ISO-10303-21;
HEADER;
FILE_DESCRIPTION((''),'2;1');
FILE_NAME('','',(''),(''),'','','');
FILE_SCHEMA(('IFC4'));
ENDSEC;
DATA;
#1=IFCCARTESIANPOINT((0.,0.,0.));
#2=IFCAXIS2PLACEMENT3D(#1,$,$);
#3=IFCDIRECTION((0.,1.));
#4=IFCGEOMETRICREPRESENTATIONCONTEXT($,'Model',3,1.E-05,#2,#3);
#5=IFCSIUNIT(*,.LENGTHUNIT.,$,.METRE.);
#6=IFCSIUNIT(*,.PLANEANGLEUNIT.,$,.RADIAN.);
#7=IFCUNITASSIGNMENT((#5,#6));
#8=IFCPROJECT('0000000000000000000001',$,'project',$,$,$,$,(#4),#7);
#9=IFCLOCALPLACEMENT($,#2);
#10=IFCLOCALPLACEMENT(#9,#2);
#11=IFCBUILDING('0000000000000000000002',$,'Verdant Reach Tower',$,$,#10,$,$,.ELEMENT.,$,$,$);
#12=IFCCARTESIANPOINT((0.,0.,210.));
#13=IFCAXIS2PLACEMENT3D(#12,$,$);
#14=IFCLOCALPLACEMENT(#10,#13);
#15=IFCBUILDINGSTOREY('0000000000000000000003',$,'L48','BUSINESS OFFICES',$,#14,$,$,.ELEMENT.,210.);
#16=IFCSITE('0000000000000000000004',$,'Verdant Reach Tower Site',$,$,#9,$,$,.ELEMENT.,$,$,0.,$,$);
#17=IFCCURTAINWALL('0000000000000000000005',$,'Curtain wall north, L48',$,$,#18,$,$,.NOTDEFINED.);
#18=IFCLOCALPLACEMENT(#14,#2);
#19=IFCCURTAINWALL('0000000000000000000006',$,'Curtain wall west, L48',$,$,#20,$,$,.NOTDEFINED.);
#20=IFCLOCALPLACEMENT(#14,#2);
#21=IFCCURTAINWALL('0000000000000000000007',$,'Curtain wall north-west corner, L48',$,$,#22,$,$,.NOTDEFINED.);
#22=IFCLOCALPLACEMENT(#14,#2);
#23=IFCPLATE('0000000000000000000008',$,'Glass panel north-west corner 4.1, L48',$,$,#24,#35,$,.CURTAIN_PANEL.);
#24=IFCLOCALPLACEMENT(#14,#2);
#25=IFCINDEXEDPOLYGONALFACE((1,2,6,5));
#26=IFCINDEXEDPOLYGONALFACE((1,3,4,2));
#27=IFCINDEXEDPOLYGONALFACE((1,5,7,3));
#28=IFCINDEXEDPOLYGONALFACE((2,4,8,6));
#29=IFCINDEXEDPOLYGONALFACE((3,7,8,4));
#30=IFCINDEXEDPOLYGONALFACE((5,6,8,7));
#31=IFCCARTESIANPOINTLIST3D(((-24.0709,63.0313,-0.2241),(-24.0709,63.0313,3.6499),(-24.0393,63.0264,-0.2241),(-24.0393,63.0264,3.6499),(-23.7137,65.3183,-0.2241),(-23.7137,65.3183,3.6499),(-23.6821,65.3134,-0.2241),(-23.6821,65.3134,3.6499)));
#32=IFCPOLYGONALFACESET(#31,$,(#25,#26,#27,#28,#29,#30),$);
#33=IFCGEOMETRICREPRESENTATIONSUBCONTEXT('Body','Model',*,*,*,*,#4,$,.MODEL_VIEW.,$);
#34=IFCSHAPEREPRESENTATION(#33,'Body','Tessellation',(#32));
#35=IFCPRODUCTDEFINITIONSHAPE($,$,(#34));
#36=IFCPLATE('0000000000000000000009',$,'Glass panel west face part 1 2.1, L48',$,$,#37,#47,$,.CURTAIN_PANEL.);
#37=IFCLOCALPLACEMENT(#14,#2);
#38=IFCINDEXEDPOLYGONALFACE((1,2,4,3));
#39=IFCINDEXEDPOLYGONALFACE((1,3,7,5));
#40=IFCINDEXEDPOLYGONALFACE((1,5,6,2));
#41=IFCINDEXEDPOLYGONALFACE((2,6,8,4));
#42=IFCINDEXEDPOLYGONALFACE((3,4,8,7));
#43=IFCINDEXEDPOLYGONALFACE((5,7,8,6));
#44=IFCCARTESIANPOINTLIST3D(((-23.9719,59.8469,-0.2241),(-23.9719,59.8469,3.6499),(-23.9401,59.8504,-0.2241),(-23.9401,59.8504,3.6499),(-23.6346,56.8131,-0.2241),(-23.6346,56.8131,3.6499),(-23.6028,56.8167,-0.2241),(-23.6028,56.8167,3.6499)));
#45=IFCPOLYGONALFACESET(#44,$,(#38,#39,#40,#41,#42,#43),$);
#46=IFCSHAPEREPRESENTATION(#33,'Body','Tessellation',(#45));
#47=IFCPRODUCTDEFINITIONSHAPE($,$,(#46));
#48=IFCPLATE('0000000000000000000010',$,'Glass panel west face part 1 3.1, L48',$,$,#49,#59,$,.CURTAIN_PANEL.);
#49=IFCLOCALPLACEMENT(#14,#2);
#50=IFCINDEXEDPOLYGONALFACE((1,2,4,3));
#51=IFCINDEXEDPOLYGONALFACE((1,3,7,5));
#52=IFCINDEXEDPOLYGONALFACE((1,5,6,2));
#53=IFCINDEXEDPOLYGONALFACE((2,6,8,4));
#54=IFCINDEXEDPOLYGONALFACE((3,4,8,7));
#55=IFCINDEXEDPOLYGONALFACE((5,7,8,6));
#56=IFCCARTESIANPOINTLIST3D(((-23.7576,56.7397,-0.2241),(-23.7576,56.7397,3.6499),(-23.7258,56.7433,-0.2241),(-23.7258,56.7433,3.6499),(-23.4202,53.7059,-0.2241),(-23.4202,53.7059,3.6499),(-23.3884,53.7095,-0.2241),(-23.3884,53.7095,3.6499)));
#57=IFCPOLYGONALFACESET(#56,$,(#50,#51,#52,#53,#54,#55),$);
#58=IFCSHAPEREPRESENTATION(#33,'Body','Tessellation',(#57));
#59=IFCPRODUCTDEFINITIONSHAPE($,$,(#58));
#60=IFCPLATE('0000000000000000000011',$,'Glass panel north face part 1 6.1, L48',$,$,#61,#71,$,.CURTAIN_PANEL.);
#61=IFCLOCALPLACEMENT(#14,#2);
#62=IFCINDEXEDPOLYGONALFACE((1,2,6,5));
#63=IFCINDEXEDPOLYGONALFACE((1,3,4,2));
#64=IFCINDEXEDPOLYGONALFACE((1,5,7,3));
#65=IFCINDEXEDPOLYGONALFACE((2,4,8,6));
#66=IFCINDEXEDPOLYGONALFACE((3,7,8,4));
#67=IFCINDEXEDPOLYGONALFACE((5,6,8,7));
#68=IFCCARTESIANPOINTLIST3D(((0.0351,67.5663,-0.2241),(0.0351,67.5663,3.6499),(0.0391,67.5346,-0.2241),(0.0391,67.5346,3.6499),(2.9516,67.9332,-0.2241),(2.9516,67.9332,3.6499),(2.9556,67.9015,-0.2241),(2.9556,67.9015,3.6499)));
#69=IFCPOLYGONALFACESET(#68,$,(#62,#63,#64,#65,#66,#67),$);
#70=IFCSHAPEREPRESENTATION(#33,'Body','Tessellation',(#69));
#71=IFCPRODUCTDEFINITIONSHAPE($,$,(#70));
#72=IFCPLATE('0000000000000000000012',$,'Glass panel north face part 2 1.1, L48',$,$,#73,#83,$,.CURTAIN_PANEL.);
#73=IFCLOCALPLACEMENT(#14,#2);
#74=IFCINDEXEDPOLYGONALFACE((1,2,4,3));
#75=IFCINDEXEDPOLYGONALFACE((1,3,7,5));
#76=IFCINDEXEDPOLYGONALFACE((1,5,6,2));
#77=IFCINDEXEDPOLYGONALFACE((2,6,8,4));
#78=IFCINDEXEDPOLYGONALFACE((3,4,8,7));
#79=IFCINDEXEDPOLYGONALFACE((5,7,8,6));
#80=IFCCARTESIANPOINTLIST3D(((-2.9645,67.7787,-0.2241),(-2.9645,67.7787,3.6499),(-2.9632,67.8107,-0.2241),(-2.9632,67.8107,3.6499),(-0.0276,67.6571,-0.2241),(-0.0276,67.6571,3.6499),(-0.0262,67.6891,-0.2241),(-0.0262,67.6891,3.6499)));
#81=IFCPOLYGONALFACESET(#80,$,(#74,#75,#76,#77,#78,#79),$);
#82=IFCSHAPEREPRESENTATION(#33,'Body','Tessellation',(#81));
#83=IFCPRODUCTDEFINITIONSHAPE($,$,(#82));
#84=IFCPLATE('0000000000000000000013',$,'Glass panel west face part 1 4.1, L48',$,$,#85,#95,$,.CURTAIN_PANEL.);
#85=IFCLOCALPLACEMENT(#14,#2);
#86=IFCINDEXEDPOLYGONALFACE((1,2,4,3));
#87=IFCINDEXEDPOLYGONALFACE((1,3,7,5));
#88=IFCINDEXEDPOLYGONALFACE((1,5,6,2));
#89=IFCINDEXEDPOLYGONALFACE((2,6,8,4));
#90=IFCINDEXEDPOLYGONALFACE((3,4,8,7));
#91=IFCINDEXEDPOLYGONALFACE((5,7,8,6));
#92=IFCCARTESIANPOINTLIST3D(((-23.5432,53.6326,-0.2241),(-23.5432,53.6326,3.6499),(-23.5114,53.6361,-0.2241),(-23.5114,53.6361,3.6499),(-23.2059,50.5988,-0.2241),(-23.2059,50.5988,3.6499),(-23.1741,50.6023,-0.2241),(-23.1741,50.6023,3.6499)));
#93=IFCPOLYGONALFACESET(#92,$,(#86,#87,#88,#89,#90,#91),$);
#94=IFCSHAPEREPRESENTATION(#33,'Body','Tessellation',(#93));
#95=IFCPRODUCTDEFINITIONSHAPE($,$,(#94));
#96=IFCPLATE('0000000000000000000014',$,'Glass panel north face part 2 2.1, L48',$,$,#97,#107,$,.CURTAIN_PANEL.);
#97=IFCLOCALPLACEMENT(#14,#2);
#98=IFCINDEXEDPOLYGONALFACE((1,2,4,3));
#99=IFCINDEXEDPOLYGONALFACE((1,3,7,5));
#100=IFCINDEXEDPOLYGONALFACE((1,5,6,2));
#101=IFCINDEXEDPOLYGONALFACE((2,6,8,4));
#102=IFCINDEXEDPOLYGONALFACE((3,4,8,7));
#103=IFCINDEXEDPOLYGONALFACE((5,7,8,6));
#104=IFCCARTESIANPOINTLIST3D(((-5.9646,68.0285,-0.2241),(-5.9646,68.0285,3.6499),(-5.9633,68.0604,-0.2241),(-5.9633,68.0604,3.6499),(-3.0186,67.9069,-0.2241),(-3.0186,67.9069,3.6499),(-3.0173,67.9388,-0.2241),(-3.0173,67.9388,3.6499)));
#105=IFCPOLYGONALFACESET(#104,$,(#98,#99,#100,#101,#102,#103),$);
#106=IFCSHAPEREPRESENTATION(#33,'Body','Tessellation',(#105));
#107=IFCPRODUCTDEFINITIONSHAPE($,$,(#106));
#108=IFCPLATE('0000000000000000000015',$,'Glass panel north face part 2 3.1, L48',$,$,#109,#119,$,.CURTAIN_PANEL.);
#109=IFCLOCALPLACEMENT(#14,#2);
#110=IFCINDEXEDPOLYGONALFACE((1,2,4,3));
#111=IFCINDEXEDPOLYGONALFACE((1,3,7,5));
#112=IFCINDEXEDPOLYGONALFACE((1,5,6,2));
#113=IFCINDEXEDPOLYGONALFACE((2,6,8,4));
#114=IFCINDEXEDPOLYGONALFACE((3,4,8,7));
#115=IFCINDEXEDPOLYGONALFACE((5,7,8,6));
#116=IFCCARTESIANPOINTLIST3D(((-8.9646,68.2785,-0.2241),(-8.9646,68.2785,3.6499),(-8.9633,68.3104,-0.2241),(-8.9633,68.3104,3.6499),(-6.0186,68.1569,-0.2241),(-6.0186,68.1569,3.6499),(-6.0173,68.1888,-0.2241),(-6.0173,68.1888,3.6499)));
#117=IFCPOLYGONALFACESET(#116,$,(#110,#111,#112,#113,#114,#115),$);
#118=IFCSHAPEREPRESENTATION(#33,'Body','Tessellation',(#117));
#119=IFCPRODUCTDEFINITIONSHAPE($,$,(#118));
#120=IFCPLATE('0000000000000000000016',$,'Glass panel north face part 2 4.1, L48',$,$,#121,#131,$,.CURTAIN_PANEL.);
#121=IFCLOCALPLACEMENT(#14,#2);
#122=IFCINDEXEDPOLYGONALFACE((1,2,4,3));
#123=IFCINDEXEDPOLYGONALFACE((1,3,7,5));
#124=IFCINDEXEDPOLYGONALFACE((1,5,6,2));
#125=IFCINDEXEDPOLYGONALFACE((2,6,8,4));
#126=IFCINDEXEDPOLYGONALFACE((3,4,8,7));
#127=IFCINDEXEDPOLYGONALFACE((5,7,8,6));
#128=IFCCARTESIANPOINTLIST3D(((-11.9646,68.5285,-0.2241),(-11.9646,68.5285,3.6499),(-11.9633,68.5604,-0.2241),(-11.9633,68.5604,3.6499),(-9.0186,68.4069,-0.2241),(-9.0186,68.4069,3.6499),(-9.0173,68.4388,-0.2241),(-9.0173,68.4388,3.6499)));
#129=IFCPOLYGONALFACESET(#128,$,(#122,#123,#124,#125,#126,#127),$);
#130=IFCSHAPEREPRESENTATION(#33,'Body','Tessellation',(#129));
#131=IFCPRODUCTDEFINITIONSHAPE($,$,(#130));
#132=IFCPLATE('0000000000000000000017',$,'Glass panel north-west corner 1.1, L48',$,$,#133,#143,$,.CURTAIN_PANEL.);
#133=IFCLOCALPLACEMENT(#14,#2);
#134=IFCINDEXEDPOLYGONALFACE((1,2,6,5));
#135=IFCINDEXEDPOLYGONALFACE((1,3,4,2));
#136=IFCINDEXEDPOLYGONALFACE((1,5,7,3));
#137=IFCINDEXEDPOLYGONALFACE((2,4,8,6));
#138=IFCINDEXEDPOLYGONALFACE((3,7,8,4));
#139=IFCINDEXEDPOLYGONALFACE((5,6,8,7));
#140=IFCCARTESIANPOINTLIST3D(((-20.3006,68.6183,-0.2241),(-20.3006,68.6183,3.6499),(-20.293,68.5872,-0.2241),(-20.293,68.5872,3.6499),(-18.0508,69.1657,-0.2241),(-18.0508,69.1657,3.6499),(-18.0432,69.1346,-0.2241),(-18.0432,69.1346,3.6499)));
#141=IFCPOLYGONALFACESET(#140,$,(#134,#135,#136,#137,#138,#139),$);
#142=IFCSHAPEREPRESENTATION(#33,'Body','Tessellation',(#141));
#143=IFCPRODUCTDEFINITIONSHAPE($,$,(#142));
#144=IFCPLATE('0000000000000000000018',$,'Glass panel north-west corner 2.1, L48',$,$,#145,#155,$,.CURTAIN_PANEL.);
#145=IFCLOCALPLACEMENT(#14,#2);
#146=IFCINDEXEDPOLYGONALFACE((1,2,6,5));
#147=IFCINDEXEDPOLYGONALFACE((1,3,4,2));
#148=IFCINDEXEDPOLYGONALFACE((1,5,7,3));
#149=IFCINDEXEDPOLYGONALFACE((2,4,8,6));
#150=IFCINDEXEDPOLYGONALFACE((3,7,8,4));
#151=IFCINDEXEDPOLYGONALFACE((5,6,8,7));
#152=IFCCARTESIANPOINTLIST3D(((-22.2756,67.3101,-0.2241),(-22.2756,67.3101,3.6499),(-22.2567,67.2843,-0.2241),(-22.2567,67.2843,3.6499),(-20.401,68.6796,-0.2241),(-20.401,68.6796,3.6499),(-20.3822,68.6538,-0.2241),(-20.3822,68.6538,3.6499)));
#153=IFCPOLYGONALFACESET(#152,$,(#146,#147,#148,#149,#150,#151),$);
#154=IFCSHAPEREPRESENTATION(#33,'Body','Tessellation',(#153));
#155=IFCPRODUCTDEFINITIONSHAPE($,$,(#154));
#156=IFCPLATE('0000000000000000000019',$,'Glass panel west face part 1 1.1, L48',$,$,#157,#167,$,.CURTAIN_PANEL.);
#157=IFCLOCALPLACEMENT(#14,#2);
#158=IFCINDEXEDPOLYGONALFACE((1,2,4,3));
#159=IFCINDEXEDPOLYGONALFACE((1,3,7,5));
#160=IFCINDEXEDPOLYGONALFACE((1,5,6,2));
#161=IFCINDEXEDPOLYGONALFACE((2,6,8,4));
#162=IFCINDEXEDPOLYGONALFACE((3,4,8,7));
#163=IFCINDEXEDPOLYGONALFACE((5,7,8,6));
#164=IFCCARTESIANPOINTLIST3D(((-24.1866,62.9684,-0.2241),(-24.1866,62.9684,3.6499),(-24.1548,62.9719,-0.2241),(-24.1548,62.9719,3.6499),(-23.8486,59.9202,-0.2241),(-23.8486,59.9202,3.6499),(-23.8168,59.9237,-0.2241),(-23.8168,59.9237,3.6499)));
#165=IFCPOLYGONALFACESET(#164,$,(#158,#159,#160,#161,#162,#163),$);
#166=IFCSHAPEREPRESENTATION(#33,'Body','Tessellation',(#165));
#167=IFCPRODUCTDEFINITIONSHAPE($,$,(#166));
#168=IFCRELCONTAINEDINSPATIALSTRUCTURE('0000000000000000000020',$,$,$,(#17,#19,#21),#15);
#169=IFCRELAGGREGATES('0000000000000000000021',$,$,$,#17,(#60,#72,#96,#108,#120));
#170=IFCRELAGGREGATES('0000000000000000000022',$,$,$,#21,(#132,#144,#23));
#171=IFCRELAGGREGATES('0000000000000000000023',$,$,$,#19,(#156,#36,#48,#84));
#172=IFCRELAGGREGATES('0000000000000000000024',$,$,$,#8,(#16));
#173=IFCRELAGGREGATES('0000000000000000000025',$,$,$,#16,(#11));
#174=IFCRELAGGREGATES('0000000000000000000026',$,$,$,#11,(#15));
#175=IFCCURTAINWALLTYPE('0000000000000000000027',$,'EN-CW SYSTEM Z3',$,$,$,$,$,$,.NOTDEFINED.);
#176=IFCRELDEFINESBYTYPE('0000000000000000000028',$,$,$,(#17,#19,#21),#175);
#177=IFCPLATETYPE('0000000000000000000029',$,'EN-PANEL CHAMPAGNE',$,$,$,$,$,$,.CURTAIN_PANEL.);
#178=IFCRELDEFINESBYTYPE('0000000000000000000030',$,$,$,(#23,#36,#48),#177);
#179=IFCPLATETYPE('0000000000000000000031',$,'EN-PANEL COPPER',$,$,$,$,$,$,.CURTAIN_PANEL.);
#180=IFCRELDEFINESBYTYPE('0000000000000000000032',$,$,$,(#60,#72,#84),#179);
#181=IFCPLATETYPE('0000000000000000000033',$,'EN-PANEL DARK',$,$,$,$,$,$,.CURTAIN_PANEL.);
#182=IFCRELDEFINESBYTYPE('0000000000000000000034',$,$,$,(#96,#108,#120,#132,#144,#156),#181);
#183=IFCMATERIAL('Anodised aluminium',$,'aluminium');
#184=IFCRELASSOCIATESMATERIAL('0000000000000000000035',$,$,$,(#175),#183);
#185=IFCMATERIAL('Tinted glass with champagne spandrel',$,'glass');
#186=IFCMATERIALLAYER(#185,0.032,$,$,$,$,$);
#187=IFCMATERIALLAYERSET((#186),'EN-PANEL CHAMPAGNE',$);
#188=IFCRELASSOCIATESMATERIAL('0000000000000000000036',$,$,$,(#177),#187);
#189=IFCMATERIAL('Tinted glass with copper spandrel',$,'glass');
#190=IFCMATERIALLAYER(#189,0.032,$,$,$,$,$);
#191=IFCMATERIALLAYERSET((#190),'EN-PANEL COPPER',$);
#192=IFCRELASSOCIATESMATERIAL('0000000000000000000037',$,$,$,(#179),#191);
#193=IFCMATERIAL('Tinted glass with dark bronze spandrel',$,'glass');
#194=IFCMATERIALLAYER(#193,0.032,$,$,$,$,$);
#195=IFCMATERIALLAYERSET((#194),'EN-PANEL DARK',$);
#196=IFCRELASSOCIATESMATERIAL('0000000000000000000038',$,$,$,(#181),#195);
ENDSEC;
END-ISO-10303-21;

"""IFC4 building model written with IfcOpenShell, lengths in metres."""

from ifc_helpers import new_model, si_unit, direction, frame, origin, origin_2d, place, context, subcontext, project, spatial, rectangle, extrude, material, layer, layer_set, type_object, element, aggregate, save


model = new_model("IFC4")

# Units and contexts
model_context = context("Model", 3, precision=1e-05, world=origin(), true_north=direction((0.0, 1.0)))
body_context = subcontext(model_context, "Body", "Model", "MODEL_VIEW")
ifc_project = project(units=[si_unit("LENGTHUNIT", "METRE"), si_unit("PLANEANGLEUNIT", "RADIAN")], contexts=[model_context])

# Site, building, storey
site_placement = place(None, origin())
site = spatial("IfcSite", under=ifc_project, at=site_placement, Name="Verdant Reach Tower Site", CompositionType="ELEMENT", RefElevation=0.0)
building_placement = place(site_placement, origin())
building = spatial("IfcBuilding", under=site, at=building_placement, Name="Verdant Reach Tower", CompositionType="ELEMENT")
storey_placement = place(building_placement, frame((0.0, 0.0, 210.0)))
storey = spatial("IfcBuildingStorey", under=building, at=storey_placement, Name="L48", Description="BUSINESS OFFICES", CompositionType="ELEMENT", Elevation=210.0)

# Curtain walls
ifc_material_1 = material(Name="Anodised aluminium", Category="aluminium")
curtain_wall_type = type_object("IfcCurtainWallType", Name="EN-CW SYSTEM Z3", PredefinedType="NOTDEFINED", material=ifc_material_1)
curtain_wall_1_placement = place(storey_placement, origin())
curtain_wall_1 = element("IfcCurtainWall", 1, at=curtain_wall_1_placement, inside=storey, type_object=curtain_wall_type, Name="Curtain wall north, L48", PredefinedType="NOTDEFINED")
curtain_wall_2_placement = place(storey_placement, origin())
curtain_wall_2 = element("IfcCurtainWall", 2, at=curtain_wall_2_placement, inside=storey, type_object=curtain_wall_type, Name="Curtain wall west, L48", PredefinedType="NOTDEFINED")

# Shared definitions
ifc_material_2 = material(Name="Tinted glass with champagne spandrel", Category="glass")
ifc_layer_1 = layer(ifc_material_2, 0.032)
ifc_layer_set_1 = layer_set([ifc_layer_1], Name="EN-PANEL CHAMPAGNE")
plate_type_1 = type_object("IfcPlateType", Name="EN-PANEL CHAMPAGNE", PredefinedType="CURTAIN_PANEL", material=ifc_layer_set_1)

# Curtain wall, plate
curtain_wall_3_placement = place(storey_placement, origin())
curtain_wall_3 = element("IfcCurtainWall", 3, at=curtain_wall_3_placement, inside=storey, type_object=curtain_wall_type, Name="Curtain wall north-west corner, L48", PredefinedType="NOTDEFINED")
plate_1_placement = place(storey_placement, frame((-23.8765, 64.1724, -0.2241), z_axis=(0.0, 0.0, 1.0), x_axis=(-0.154312, -0.988022, 0.0)))
plate_1 = element("IfcPlate", 4, at=plate_1_placement, type_object=plate_type_1, Name="Glass panel north-west corner 4.1, L48", PredefinedType="CURTAIN_PANEL", context=body_context, shape_type="SweptSolid", body=[
    extrude(rectangle(XDim=2.3147, YDim=0.032, at=origin_2d()), origin(), (0.0, 0.0, 1.0), 3.874),
])

# Plates
plate_2_placement = place(storey_placement, frame((-23.7874, 58.3318, -0.2241), z_axis=(0.0, 0.0, 1.0), x_axis=(0.110518, -0.993874, 0.0)))
plate_2 = element("IfcPlate", 5, at=plate_2_placement, type_object=plate_type_1, Name="Glass panel west face part 1 2.1, L48", PredefinedType="CURTAIN_PANEL", context=body_context, shape_type="SweptSolid", body=[
    extrude(rectangle(XDim=3.0525, YDim=0.032, at=origin_2d()), origin(), (0.0, 0.0, 1.0), 3.874),
])
plate_3_placement = place(storey_placement, frame((-23.573, 55.2246, -0.2241), z_axis=(0.0, 0.0, 1.0), x_axis=(0.110518, -0.993874, 0.0)))
plate_3 = element("IfcPlate", 6, at=plate_3_placement, type_object=plate_type_1, Name="Glass panel west face part 1 3.1, L48", PredefinedType="CURTAIN_PANEL", context=body_context, shape_type="SweptSolid", body=[
    extrude(rectangle(XDim=3.0525, YDim=0.032, at=origin_2d()), origin(), (0.0, 0.0, 1.0), 3.874),
])
ifc_material_3 = material(Name="Tinted glass with copper spandrel", Category="glass")
ifc_layer_2 = layer(ifc_material_3, 0.032)
ifc_layer_set_2 = layer_set([ifc_layer_2], Name="EN-PANEL COPPER")
plate_type_2 = type_object("IfcPlateType", Name="EN-PANEL COPPER", PredefinedType="CURTAIN_PANEL", material=ifc_layer_set_2)
plate_4_placement = place(storey_placement, frame((1.4954, 67.7339, -0.2241), z_axis=(0.0, 0.0, 1.0), x_axis=(-0.992178, -0.124828, 0.0)))
plate_4 = element("IfcPlate", 7, at=plate_4_placement, type_object=plate_type_2, Name="Glass panel north face part 1 6.1, L48", PredefinedType="CURTAIN_PANEL", context=body_context, shape_type="SweptSolid", body=[
    extrude(rectangle(XDim=2.9395, YDim=0.032, at=origin_2d()), origin(), (0.0, 0.0, 1.0), 3.874),
])
plate_5_placement = place(storey_placement, frame((-1.4954, 67.7339, -0.2241), z_axis=(0.0, 0.0, 1.0), x_axis=(-0.999144, 0.041367, 0.0)))
plate_5 = element("IfcPlate", 8, at=plate_5_placement, type_object=plate_type_2, Name="Glass panel north face part 2 1.1, L48", PredefinedType="CURTAIN_PANEL", context=body_context, shape_type="SweptSolid", body=[
    extrude(rectangle(XDim=2.9395, YDim=0.032, at=origin_2d()), origin(), (0.0, 0.0, 1.0), 3.874),
])
plate_6_placement = place(storey_placement, frame((-23.3586, 52.1174, -0.2241), z_axis=(0.0, 0.0, 1.0), x_axis=(0.110518, -0.993874, 0.0)))
plate_6 = element("IfcPlate", 9, at=plate_6_placement, type_object=plate_type_2, Name="Glass panel west face part 1 4.1, L48", PredefinedType="CURTAIN_PANEL", context=body_context, shape_type="SweptSolid", body=[
    extrude(rectangle(XDim=3.0525, YDim=0.032, at=origin_2d()), origin(), (0.0, 0.0, 1.0), 3.874),
])
ifc_material_4 = material(Name="Tinted glass with dark bronze spandrel", Category="glass")
ifc_layer_3 = layer(ifc_material_4, 0.032)
ifc_layer_set_3 = layer_set([ifc_layer_3], Name="EN-PANEL DARK")
plate_type_3 = type_object("IfcPlateType", Name="EN-PANEL DARK", PredefinedType="CURTAIN_PANEL", material=ifc_layer_set_3)
plate_7_placement = place(storey_placement, frame((-4.491, 67.9836, -0.2241), z_axis=(0.0, 0.0, 1.0), x_axis=(-0.999149, 0.041242, 0.0)))
plate_7 = element("IfcPlate", 10, at=plate_7_placement, type_object=plate_type_3, Name="Glass panel north face part 2 2.1, L48", PredefinedType="CURTAIN_PANEL", context=body_context, shape_type="SweptSolid", body=[
    extrude(rectangle(XDim=2.9485, YDim=0.032, at=origin_2d()), origin(), (0.0, 0.0, 1.0), 3.874),
])
plate_8_placement = place(storey_placement, frame((-7.491, 68.2336, -0.2241), z_axis=(0.0, 0.0, 1.0), x_axis=(-0.999149, 0.041242, 0.0)))
plate_8 = element("IfcPlate", 11, at=plate_8_placement, type_object=plate_type_3, Name="Glass panel north face part 2 3.1, L48", PredefinedType="CURTAIN_PANEL", context=body_context, shape_type="SweptSolid", body=[
    extrude(rectangle(XDim=2.9485, YDim=0.032, at=origin_2d()), origin(), (0.0, 0.0, 1.0), 3.874),
])
plate_9_placement = place(storey_placement, frame((-10.491, 68.4836, -0.2241), z_axis=(0.0, 0.0, 1.0), x_axis=(-0.999149, 0.041242, 0.0)))
plate_9 = element("IfcPlate", 12, at=plate_9_placement, type_object=plate_type_3, Name="Glass panel north face part 2 4.1, L48", PredefinedType="CURTAIN_PANEL", context=body_context, shape_type="SweptSolid", body=[
    extrude(rectangle(XDim=2.9485, YDim=0.032, at=origin_2d()), origin(), (0.0, 0.0, 1.0), 3.874),
])
aggregate(curtain_wall_1, [plate_4, plate_5, plate_7, plate_8, plate_9])
plate_10_placement = place(storey_placement, frame((-19.1719, 68.8765, -0.2241), z_axis=(0.0, 0.0, 1.0), x_axis=(-0.971655, -0.236403, 0.0)))
plate_10 = element("IfcPlate", 13, at=plate_10_placement, type_object=plate_type_3, Name="Glass panel north-west corner 1.1, L48", PredefinedType="CURTAIN_PANEL", context=body_context, shape_type="SweptSolid", body=[
    extrude(rectangle(XDim=2.3154, YDim=0.032, at=origin_2d()), origin(), (0.0, 0.0, 1.0), 3.874),
])
plate_11_placement = place(storey_placement, frame((-21.3289, 67.9819, -0.2241), z_axis=(0.0, 0.0, 1.0), x_axis=(-0.807457, -0.589927, 0.0)))
plate_11 = element("IfcPlate", 14, at=plate_11_placement, type_object=plate_type_3, Name="Glass panel north-west corner 2.1, L48", PredefinedType="CURTAIN_PANEL", context=body_context, shape_type="SweptSolid", body=[
    extrude(rectangle(XDim=2.3215, YDim=0.032, at=origin_2d()), origin(), (0.0, 0.0, 1.0), 3.874),
])
aggregate(curtain_wall_3, [plate_10, plate_11, plate_1])
plate_12_placement = place(storey_placement, frame((-24.0017, 61.446, -0.2241), z_axis=(0.0, 0.0, 1.0), x_axis=(0.110214, -0.993908, 0.0)))
plate_12 = element("IfcPlate", 15, at=plate_12_placement, type_object=plate_type_3, Name="Glass panel west face part 1 1.1, L48", PredefinedType="CURTAIN_PANEL", context=body_context, shape_type="SweptSolid", body=[
    extrude(rectangle(XDim=3.0669, YDim=0.032, at=origin_2d()), origin(), (0.0, 0.0, 1.0), 3.874),
])
aggregate(curtain_wall_2, [plate_12, plate_2, plate_3, plate_6])

save(model, "model.ifc")
